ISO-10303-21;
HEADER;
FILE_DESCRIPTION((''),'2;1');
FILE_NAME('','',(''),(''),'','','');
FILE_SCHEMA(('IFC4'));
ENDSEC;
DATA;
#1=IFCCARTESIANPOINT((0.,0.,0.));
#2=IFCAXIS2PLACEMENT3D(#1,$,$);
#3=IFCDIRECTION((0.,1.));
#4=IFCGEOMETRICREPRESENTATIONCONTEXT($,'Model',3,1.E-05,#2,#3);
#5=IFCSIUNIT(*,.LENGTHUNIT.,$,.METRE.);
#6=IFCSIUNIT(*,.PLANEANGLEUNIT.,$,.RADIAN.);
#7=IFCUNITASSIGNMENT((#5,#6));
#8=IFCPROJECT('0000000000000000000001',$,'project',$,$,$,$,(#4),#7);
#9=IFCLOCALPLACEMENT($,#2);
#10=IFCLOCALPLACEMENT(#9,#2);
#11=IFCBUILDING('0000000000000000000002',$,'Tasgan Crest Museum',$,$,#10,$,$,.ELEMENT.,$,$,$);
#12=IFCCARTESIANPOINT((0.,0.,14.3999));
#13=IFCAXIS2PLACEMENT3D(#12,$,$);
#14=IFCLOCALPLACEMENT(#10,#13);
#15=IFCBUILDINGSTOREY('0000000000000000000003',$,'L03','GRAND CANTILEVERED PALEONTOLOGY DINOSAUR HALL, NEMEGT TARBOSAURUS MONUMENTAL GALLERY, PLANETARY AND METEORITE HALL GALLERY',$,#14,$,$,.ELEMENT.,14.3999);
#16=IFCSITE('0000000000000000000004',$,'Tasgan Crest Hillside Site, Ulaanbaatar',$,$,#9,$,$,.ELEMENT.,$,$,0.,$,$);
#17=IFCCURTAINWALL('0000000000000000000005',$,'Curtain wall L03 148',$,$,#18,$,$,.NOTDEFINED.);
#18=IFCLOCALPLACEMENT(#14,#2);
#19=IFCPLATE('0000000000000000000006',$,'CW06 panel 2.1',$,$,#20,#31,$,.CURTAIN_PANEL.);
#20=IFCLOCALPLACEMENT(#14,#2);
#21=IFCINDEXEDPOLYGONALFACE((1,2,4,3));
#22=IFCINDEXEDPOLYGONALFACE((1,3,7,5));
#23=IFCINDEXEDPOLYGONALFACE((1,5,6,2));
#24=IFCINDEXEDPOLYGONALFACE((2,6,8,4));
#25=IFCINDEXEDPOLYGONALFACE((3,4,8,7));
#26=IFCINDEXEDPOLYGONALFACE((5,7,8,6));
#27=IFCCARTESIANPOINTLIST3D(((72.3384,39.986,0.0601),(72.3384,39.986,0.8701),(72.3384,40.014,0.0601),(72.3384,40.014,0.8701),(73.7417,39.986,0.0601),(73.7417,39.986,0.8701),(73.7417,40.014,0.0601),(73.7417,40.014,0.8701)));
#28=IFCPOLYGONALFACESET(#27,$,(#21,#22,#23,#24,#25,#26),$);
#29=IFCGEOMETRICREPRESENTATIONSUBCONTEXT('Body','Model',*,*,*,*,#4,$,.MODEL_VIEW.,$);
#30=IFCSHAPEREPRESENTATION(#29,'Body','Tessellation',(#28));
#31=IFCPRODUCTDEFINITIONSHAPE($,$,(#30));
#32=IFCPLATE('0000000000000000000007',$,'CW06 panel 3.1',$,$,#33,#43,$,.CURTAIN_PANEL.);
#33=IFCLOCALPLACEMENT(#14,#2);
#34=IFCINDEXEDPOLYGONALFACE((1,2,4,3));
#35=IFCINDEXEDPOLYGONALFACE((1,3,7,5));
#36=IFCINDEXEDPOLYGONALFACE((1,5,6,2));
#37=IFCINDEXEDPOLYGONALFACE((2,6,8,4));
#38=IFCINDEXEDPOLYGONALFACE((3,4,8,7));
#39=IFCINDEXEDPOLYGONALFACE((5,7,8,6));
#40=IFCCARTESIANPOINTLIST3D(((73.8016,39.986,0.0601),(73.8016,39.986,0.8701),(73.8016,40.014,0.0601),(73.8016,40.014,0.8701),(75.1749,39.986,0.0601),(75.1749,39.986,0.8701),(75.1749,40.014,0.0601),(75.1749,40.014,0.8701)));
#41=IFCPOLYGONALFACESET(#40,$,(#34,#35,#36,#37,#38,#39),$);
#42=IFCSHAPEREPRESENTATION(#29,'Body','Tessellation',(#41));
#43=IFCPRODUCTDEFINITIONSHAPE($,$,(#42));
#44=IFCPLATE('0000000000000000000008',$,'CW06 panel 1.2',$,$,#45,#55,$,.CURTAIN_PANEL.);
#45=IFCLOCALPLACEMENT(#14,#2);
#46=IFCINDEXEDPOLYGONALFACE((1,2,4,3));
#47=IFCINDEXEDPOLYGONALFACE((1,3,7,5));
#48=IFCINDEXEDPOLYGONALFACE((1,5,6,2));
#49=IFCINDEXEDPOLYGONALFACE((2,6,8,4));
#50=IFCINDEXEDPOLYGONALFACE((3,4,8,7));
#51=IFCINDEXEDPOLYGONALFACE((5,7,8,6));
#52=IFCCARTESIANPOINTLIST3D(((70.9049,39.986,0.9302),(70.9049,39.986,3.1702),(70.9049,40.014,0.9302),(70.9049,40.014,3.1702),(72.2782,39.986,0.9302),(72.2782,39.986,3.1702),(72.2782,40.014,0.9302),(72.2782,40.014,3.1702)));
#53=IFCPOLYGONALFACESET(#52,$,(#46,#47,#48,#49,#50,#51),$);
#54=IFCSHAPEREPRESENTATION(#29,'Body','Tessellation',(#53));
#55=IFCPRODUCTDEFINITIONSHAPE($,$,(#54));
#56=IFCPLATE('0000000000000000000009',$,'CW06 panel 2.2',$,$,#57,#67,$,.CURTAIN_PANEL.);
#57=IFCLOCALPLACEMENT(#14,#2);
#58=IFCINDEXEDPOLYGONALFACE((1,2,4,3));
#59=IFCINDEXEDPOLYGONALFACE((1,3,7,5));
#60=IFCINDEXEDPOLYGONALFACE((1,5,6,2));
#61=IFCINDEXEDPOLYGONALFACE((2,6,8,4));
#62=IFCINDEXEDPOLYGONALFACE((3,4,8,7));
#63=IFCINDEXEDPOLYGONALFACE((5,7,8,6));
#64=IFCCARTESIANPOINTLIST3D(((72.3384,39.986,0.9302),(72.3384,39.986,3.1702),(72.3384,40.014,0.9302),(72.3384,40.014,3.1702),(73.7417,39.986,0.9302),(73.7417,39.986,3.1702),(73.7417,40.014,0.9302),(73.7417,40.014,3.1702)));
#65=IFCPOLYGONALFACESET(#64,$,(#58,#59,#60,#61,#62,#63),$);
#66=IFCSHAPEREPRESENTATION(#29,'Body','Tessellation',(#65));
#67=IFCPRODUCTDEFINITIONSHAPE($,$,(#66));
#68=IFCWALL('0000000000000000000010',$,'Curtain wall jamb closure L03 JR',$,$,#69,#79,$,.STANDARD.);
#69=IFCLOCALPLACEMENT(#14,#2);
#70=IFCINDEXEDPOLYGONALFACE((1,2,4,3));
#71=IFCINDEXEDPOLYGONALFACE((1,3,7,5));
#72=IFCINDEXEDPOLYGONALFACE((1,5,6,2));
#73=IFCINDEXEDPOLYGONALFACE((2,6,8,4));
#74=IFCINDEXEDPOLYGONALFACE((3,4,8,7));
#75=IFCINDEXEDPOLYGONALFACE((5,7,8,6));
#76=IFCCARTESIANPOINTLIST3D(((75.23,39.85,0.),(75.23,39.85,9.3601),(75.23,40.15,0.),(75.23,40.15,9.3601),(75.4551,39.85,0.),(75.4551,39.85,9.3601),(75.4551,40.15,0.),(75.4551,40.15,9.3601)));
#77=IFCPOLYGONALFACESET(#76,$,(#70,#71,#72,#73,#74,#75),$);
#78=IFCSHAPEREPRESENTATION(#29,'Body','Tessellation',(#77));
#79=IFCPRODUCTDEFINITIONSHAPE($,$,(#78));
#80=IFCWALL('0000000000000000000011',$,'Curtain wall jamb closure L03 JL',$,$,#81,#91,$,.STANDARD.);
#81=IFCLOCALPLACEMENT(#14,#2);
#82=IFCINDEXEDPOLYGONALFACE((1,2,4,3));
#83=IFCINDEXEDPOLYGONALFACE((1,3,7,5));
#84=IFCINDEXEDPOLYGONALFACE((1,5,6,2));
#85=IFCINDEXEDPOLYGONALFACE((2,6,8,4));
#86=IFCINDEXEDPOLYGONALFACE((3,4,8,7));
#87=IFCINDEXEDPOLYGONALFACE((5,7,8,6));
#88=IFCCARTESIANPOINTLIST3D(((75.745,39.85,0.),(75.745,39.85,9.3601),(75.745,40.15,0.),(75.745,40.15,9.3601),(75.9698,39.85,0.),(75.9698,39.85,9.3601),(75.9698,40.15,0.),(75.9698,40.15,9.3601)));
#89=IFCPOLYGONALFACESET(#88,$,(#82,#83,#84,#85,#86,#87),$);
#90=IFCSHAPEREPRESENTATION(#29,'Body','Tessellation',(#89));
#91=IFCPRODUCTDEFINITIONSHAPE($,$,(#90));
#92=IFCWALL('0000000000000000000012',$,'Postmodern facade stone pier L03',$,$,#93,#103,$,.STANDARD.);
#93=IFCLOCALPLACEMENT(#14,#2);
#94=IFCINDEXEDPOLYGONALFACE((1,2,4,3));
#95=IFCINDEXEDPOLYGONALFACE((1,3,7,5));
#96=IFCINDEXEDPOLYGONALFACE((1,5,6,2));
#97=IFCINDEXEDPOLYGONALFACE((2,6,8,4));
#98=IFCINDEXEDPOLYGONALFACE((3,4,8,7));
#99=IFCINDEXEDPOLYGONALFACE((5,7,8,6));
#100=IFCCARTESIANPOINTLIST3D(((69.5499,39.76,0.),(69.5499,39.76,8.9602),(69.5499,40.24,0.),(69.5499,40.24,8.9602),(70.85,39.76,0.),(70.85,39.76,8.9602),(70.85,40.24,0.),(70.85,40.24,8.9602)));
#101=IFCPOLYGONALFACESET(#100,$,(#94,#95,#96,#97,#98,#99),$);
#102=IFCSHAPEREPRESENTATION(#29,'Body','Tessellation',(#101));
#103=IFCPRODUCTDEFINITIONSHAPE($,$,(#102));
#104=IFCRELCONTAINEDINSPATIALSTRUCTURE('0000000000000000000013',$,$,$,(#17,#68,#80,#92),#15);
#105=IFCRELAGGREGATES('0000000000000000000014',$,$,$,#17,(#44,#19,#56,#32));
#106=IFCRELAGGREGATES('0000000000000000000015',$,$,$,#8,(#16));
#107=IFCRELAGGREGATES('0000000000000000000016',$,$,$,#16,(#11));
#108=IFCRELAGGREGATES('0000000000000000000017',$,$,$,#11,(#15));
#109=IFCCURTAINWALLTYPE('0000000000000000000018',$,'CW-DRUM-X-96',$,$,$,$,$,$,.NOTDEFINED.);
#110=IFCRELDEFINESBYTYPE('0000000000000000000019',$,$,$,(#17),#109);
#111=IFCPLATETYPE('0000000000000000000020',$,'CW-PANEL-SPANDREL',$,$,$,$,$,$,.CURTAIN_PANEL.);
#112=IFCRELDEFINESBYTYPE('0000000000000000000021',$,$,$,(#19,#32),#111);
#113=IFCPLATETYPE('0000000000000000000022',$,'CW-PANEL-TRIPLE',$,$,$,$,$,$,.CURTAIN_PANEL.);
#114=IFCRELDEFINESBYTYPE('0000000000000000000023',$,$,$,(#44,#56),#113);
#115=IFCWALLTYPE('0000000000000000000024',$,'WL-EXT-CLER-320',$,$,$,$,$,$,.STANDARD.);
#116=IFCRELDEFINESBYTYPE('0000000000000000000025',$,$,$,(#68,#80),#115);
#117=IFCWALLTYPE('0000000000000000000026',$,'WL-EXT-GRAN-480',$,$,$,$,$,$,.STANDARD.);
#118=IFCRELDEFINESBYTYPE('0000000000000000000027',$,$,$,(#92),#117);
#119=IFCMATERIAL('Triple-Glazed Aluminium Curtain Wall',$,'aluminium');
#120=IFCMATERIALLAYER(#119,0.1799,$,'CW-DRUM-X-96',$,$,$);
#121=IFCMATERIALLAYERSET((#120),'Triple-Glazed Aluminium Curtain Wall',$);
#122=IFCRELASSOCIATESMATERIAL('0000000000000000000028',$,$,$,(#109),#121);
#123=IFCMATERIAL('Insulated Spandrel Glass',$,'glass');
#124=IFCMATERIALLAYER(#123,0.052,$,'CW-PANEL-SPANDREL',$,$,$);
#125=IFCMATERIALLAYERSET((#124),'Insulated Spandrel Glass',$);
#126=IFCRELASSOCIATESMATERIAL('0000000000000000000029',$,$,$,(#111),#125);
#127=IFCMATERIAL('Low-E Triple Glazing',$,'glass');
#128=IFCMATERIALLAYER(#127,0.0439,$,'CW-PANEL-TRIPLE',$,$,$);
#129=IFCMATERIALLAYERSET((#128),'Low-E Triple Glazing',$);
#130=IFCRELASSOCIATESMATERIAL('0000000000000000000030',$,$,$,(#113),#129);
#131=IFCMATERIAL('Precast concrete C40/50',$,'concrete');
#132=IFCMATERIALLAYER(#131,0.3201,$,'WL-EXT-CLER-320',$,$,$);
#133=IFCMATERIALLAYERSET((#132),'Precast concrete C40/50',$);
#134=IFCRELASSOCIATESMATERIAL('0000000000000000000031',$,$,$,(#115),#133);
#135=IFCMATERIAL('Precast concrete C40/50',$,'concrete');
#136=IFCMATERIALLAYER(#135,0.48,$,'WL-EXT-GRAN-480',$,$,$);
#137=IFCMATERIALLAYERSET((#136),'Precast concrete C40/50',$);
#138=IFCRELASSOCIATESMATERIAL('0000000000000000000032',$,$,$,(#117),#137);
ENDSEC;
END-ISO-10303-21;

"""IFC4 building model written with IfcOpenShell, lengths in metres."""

from ifc_helpers import new_model, si_unit, direction, frame, frame_2d, origin, origin_2d, place, context, subcontext, project, spatial, rectangle, extrude, material, layer, layer_set, type_object, element, aggregate, save


model = new_model("IFC4")

# Units and contexts
model_context = context("Model", 3, precision=1e-05, world=origin(), true_north=direction((0.0, 1.0)))
body_context = subcontext(model_context, "Body", "Model", "MODEL_VIEW")
ifc_project = project(units=[si_unit("LENGTHUNIT", "METRE"), si_unit("PLANEANGLEUNIT", "RADIAN")], contexts=[model_context])

# Site, building, storey
site_placement = place(None, origin())
site = spatial("IfcSite", under=ifc_project, at=site_placement, Name="Tasgan Crest Hillside Site, Ulaanbaatar", CompositionType="ELEMENT", RefElevation=0.0)
building_placement = place(site_placement, origin())
building = spatial("IfcBuilding", under=site, at=building_placement, Name="Tasgan Crest Museum", CompositionType="ELEMENT")
storey_placement = place(building_placement, frame((0.0, 0.0, 14.3999)))
storey = spatial("IfcBuildingStorey", under=building, at=storey_placement, Name="L03", Description="GRAND CANTILEVERED PALEONTOLOGY DINOSAUR HALL, NEMEGT TARBOSAURUS MONUMENTAL GALLERY, PLANETARY AND METEORITE HALL GALLERY", CompositionType="ELEMENT", Elevation=14.3999)

# Curtain wall
ifc_material_1 = material(Name="Triple-Glazed Aluminium Curtain Wall", Category="aluminium")
ifc_layer_1 = layer(ifc_material_1, 0.1799, Name="CW-DRUM-X-96")
ifc_layer_set_1 = layer_set([ifc_layer_1], Name="Triple-Glazed Aluminium Curtain Wall")
curtain_wall_type = type_object("IfcCurtainWallType", Name="CW-DRUM-X-96", PredefinedType="NOTDEFINED", material=ifc_layer_set_1)
curtain_wall_1_placement = place(storey_placement, origin())
curtain_wall_1 = element("IfcCurtainWall", 1, at=curtain_wall_1_placement, inside=storey, type_object=curtain_wall_type, Name="Curtain wall L03 148", PredefinedType="NOTDEFINED")

# Plates
ifc_material_2 = material(Name="Insulated Spandrel Glass", Category="glass")
ifc_layer_2 = layer(ifc_material_2, 0.052, Name="CW-PANEL-SPANDREL")
ifc_layer_set_2 = layer_set([ifc_layer_2], Name="Insulated Spandrel Glass")
plate_type_1 = type_object("IfcPlateType", Name="CW-PANEL-SPANDREL", PredefinedType="CURTAIN_PANEL", material=ifc_layer_set_2)
plate_1_placement = place(storey_placement, frame((73.04, 40.0, 0.0601), z_axis=(0.0, 0.0, 1.0), x_axis=(1.0, 0.0, 0.0)))
plate_1 = element("IfcPlate", 2, at=plate_1_placement, type_object=plate_type_1, Name="CW06 panel 2.1", PredefinedType="CURTAIN_PANEL", context=body_context, shape_type="SweptSolid", body=[
    extrude(rectangle(XDim=1.4033, YDim=0.0281, at=origin_2d()), origin(), (0.0, 0.0, 1.0), 0.8101),
])
plate_2_placement = place(storey_placement, frame((74.4883, 40.0, 0.0601), z_axis=(0.0, 0.0, 1.0), x_axis=(1.0, 0.0, 0.0)))
plate_2 = element("IfcPlate", 3, at=plate_2_placement, type_object=plate_type_1, Name="CW06 panel 3.1", PredefinedType="CURTAIN_PANEL", context=body_context, shape_type="SweptSolid", body=[
    extrude(rectangle(XDim=1.3733, YDim=0.0281, at=origin_2d()), origin(), (0.0, 0.0, 1.0), 0.8101),
])
ifc_material_3 = material(Name="Low-E Triple Glazing", Category="glass")
ifc_layer_3 = layer(ifc_material_3, 0.0439, Name="CW-PANEL-TRIPLE")
ifc_layer_set_3 = layer_set([ifc_layer_3], Name="Low-E Triple Glazing")
plate_type_2 = type_object("IfcPlateType", Name="CW-PANEL-TRIPLE", PredefinedType="CURTAIN_PANEL", material=ifc_layer_set_3)
plate_3_placement = place(storey_placement, frame((71.5916, 40.0, 0.9302), z_axis=(0.0, 0.0, 1.0), x_axis=(1.0, 0.0, 0.0)))
plate_3 = element("IfcPlate", 4, at=plate_3_placement, type_object=plate_type_2, Name="CW06 panel 1.2", PredefinedType="CURTAIN_PANEL", context=body_context, shape_type="SweptSolid", body=[
    extrude(rectangle(XDim=1.3733, YDim=0.0281, at=origin_2d()), origin(), (0.0, 0.0, 1.0), 2.24),
])
plate_4_placement = place(storey_placement, frame((73.04, 40.0, 0.9302), z_axis=(0.0, 0.0, 1.0), x_axis=(1.0, 0.0, 0.0)))
plate_4 = element("IfcPlate", 5, at=plate_4_placement, type_object=plate_type_2, Name="CW06 panel 2.2", PredefinedType="CURTAIN_PANEL", context=body_context, shape_type="SweptSolid", body=[
    extrude(rectangle(XDim=1.4033, YDim=0.0281, at=origin_2d()), origin(), (0.0, 0.0, 1.0), 2.24),
])
aggregate(curtain_wall_1, [plate_3, plate_1, plate_4, plate_2])

# Walls
ifc_material_4 = material(Name="Precast concrete C40/50", Category="concrete")
ifc_layer_4 = layer(ifc_material_4, 0.3201, Name="WL-EXT-CLER-320")
ifc_layer_set_4 = layer_set([ifc_layer_4], Name="Precast concrete C40/50")
wall_type_1 = type_object("IfcWallType", Name="WL-EXT-CLER-320", PredefinedType="STANDARD", material=ifc_layer_set_4)
wall_1_placement = place(storey_placement, frame((75.23, 40.0, 0.0), z_axis=(0.0, 0.0, 1.0), x_axis=(1.0, 0.0, 0.0)))
element("IfcWall", 6, at=wall_1_placement, inside=storey, type_object=wall_type_1, Name="Curtain wall jamb closure L03 JR", PredefinedType="STANDARD", context=body_context, shape_type="SweptSolid", body=[
    extrude(rectangle(XDim=0.2251, YDim=0.3, at=frame_2d((0.1125, 0.0))), origin(), (0.0, 0.0, 1.0), 9.3601),
])
wall_2_placement = place(storey_placement, frame((75.7451, 40.0, 0.0), z_axis=(0.0, 0.0, 1.0), x_axis=(1.0, 0.0, 0.0)))
element("IfcWall", 7, at=wall_2_placement, inside=storey, type_object=wall_type_1, Name="Curtain wall jamb closure L03 JL", PredefinedType="STANDARD", context=body_context, shape_type="SweptSolid", body=[
    extrude(rectangle(XDim=0.2249, YDim=0.3, at=frame_2d((0.1123, 0.0))), origin(), (0.0, 0.0, 1.0), 9.3601),
])
ifc_material_5 = material(Name="Precast concrete C40/50", Category="concrete")
ifc_layer_5 = layer(ifc_material_5, 0.48, Name="WL-EXT-GRAN-480")
ifc_layer_set_5 = layer_set([ifc_layer_5], Name="Precast concrete C40/50")
wall_type_2 = type_object("IfcWallType", Name="WL-EXT-GRAN-480", PredefinedType="STANDARD", material=ifc_layer_set_5)
wall_3_placement = place(storey_placement, frame((69.55, 40.0, 0.0), z_axis=(0.0, 0.0, 1.0), x_axis=(1.0, 0.0, 0.0)))
element("IfcWall", 8, at=wall_3_placement, inside=storey, type_object=wall_type_2, Name="Postmodern facade stone pier L03", PredefinedType="STANDARD", context=body_context, shape_type="SweptSolid", body=[
    extrude(rectangle(XDim=1.3, YDim=0.48, at=frame_2d((0.6499, 0.0))), origin(), (0.0, 0.0, 1.0), 8.9602),
])

save(model, "model.ifc")
